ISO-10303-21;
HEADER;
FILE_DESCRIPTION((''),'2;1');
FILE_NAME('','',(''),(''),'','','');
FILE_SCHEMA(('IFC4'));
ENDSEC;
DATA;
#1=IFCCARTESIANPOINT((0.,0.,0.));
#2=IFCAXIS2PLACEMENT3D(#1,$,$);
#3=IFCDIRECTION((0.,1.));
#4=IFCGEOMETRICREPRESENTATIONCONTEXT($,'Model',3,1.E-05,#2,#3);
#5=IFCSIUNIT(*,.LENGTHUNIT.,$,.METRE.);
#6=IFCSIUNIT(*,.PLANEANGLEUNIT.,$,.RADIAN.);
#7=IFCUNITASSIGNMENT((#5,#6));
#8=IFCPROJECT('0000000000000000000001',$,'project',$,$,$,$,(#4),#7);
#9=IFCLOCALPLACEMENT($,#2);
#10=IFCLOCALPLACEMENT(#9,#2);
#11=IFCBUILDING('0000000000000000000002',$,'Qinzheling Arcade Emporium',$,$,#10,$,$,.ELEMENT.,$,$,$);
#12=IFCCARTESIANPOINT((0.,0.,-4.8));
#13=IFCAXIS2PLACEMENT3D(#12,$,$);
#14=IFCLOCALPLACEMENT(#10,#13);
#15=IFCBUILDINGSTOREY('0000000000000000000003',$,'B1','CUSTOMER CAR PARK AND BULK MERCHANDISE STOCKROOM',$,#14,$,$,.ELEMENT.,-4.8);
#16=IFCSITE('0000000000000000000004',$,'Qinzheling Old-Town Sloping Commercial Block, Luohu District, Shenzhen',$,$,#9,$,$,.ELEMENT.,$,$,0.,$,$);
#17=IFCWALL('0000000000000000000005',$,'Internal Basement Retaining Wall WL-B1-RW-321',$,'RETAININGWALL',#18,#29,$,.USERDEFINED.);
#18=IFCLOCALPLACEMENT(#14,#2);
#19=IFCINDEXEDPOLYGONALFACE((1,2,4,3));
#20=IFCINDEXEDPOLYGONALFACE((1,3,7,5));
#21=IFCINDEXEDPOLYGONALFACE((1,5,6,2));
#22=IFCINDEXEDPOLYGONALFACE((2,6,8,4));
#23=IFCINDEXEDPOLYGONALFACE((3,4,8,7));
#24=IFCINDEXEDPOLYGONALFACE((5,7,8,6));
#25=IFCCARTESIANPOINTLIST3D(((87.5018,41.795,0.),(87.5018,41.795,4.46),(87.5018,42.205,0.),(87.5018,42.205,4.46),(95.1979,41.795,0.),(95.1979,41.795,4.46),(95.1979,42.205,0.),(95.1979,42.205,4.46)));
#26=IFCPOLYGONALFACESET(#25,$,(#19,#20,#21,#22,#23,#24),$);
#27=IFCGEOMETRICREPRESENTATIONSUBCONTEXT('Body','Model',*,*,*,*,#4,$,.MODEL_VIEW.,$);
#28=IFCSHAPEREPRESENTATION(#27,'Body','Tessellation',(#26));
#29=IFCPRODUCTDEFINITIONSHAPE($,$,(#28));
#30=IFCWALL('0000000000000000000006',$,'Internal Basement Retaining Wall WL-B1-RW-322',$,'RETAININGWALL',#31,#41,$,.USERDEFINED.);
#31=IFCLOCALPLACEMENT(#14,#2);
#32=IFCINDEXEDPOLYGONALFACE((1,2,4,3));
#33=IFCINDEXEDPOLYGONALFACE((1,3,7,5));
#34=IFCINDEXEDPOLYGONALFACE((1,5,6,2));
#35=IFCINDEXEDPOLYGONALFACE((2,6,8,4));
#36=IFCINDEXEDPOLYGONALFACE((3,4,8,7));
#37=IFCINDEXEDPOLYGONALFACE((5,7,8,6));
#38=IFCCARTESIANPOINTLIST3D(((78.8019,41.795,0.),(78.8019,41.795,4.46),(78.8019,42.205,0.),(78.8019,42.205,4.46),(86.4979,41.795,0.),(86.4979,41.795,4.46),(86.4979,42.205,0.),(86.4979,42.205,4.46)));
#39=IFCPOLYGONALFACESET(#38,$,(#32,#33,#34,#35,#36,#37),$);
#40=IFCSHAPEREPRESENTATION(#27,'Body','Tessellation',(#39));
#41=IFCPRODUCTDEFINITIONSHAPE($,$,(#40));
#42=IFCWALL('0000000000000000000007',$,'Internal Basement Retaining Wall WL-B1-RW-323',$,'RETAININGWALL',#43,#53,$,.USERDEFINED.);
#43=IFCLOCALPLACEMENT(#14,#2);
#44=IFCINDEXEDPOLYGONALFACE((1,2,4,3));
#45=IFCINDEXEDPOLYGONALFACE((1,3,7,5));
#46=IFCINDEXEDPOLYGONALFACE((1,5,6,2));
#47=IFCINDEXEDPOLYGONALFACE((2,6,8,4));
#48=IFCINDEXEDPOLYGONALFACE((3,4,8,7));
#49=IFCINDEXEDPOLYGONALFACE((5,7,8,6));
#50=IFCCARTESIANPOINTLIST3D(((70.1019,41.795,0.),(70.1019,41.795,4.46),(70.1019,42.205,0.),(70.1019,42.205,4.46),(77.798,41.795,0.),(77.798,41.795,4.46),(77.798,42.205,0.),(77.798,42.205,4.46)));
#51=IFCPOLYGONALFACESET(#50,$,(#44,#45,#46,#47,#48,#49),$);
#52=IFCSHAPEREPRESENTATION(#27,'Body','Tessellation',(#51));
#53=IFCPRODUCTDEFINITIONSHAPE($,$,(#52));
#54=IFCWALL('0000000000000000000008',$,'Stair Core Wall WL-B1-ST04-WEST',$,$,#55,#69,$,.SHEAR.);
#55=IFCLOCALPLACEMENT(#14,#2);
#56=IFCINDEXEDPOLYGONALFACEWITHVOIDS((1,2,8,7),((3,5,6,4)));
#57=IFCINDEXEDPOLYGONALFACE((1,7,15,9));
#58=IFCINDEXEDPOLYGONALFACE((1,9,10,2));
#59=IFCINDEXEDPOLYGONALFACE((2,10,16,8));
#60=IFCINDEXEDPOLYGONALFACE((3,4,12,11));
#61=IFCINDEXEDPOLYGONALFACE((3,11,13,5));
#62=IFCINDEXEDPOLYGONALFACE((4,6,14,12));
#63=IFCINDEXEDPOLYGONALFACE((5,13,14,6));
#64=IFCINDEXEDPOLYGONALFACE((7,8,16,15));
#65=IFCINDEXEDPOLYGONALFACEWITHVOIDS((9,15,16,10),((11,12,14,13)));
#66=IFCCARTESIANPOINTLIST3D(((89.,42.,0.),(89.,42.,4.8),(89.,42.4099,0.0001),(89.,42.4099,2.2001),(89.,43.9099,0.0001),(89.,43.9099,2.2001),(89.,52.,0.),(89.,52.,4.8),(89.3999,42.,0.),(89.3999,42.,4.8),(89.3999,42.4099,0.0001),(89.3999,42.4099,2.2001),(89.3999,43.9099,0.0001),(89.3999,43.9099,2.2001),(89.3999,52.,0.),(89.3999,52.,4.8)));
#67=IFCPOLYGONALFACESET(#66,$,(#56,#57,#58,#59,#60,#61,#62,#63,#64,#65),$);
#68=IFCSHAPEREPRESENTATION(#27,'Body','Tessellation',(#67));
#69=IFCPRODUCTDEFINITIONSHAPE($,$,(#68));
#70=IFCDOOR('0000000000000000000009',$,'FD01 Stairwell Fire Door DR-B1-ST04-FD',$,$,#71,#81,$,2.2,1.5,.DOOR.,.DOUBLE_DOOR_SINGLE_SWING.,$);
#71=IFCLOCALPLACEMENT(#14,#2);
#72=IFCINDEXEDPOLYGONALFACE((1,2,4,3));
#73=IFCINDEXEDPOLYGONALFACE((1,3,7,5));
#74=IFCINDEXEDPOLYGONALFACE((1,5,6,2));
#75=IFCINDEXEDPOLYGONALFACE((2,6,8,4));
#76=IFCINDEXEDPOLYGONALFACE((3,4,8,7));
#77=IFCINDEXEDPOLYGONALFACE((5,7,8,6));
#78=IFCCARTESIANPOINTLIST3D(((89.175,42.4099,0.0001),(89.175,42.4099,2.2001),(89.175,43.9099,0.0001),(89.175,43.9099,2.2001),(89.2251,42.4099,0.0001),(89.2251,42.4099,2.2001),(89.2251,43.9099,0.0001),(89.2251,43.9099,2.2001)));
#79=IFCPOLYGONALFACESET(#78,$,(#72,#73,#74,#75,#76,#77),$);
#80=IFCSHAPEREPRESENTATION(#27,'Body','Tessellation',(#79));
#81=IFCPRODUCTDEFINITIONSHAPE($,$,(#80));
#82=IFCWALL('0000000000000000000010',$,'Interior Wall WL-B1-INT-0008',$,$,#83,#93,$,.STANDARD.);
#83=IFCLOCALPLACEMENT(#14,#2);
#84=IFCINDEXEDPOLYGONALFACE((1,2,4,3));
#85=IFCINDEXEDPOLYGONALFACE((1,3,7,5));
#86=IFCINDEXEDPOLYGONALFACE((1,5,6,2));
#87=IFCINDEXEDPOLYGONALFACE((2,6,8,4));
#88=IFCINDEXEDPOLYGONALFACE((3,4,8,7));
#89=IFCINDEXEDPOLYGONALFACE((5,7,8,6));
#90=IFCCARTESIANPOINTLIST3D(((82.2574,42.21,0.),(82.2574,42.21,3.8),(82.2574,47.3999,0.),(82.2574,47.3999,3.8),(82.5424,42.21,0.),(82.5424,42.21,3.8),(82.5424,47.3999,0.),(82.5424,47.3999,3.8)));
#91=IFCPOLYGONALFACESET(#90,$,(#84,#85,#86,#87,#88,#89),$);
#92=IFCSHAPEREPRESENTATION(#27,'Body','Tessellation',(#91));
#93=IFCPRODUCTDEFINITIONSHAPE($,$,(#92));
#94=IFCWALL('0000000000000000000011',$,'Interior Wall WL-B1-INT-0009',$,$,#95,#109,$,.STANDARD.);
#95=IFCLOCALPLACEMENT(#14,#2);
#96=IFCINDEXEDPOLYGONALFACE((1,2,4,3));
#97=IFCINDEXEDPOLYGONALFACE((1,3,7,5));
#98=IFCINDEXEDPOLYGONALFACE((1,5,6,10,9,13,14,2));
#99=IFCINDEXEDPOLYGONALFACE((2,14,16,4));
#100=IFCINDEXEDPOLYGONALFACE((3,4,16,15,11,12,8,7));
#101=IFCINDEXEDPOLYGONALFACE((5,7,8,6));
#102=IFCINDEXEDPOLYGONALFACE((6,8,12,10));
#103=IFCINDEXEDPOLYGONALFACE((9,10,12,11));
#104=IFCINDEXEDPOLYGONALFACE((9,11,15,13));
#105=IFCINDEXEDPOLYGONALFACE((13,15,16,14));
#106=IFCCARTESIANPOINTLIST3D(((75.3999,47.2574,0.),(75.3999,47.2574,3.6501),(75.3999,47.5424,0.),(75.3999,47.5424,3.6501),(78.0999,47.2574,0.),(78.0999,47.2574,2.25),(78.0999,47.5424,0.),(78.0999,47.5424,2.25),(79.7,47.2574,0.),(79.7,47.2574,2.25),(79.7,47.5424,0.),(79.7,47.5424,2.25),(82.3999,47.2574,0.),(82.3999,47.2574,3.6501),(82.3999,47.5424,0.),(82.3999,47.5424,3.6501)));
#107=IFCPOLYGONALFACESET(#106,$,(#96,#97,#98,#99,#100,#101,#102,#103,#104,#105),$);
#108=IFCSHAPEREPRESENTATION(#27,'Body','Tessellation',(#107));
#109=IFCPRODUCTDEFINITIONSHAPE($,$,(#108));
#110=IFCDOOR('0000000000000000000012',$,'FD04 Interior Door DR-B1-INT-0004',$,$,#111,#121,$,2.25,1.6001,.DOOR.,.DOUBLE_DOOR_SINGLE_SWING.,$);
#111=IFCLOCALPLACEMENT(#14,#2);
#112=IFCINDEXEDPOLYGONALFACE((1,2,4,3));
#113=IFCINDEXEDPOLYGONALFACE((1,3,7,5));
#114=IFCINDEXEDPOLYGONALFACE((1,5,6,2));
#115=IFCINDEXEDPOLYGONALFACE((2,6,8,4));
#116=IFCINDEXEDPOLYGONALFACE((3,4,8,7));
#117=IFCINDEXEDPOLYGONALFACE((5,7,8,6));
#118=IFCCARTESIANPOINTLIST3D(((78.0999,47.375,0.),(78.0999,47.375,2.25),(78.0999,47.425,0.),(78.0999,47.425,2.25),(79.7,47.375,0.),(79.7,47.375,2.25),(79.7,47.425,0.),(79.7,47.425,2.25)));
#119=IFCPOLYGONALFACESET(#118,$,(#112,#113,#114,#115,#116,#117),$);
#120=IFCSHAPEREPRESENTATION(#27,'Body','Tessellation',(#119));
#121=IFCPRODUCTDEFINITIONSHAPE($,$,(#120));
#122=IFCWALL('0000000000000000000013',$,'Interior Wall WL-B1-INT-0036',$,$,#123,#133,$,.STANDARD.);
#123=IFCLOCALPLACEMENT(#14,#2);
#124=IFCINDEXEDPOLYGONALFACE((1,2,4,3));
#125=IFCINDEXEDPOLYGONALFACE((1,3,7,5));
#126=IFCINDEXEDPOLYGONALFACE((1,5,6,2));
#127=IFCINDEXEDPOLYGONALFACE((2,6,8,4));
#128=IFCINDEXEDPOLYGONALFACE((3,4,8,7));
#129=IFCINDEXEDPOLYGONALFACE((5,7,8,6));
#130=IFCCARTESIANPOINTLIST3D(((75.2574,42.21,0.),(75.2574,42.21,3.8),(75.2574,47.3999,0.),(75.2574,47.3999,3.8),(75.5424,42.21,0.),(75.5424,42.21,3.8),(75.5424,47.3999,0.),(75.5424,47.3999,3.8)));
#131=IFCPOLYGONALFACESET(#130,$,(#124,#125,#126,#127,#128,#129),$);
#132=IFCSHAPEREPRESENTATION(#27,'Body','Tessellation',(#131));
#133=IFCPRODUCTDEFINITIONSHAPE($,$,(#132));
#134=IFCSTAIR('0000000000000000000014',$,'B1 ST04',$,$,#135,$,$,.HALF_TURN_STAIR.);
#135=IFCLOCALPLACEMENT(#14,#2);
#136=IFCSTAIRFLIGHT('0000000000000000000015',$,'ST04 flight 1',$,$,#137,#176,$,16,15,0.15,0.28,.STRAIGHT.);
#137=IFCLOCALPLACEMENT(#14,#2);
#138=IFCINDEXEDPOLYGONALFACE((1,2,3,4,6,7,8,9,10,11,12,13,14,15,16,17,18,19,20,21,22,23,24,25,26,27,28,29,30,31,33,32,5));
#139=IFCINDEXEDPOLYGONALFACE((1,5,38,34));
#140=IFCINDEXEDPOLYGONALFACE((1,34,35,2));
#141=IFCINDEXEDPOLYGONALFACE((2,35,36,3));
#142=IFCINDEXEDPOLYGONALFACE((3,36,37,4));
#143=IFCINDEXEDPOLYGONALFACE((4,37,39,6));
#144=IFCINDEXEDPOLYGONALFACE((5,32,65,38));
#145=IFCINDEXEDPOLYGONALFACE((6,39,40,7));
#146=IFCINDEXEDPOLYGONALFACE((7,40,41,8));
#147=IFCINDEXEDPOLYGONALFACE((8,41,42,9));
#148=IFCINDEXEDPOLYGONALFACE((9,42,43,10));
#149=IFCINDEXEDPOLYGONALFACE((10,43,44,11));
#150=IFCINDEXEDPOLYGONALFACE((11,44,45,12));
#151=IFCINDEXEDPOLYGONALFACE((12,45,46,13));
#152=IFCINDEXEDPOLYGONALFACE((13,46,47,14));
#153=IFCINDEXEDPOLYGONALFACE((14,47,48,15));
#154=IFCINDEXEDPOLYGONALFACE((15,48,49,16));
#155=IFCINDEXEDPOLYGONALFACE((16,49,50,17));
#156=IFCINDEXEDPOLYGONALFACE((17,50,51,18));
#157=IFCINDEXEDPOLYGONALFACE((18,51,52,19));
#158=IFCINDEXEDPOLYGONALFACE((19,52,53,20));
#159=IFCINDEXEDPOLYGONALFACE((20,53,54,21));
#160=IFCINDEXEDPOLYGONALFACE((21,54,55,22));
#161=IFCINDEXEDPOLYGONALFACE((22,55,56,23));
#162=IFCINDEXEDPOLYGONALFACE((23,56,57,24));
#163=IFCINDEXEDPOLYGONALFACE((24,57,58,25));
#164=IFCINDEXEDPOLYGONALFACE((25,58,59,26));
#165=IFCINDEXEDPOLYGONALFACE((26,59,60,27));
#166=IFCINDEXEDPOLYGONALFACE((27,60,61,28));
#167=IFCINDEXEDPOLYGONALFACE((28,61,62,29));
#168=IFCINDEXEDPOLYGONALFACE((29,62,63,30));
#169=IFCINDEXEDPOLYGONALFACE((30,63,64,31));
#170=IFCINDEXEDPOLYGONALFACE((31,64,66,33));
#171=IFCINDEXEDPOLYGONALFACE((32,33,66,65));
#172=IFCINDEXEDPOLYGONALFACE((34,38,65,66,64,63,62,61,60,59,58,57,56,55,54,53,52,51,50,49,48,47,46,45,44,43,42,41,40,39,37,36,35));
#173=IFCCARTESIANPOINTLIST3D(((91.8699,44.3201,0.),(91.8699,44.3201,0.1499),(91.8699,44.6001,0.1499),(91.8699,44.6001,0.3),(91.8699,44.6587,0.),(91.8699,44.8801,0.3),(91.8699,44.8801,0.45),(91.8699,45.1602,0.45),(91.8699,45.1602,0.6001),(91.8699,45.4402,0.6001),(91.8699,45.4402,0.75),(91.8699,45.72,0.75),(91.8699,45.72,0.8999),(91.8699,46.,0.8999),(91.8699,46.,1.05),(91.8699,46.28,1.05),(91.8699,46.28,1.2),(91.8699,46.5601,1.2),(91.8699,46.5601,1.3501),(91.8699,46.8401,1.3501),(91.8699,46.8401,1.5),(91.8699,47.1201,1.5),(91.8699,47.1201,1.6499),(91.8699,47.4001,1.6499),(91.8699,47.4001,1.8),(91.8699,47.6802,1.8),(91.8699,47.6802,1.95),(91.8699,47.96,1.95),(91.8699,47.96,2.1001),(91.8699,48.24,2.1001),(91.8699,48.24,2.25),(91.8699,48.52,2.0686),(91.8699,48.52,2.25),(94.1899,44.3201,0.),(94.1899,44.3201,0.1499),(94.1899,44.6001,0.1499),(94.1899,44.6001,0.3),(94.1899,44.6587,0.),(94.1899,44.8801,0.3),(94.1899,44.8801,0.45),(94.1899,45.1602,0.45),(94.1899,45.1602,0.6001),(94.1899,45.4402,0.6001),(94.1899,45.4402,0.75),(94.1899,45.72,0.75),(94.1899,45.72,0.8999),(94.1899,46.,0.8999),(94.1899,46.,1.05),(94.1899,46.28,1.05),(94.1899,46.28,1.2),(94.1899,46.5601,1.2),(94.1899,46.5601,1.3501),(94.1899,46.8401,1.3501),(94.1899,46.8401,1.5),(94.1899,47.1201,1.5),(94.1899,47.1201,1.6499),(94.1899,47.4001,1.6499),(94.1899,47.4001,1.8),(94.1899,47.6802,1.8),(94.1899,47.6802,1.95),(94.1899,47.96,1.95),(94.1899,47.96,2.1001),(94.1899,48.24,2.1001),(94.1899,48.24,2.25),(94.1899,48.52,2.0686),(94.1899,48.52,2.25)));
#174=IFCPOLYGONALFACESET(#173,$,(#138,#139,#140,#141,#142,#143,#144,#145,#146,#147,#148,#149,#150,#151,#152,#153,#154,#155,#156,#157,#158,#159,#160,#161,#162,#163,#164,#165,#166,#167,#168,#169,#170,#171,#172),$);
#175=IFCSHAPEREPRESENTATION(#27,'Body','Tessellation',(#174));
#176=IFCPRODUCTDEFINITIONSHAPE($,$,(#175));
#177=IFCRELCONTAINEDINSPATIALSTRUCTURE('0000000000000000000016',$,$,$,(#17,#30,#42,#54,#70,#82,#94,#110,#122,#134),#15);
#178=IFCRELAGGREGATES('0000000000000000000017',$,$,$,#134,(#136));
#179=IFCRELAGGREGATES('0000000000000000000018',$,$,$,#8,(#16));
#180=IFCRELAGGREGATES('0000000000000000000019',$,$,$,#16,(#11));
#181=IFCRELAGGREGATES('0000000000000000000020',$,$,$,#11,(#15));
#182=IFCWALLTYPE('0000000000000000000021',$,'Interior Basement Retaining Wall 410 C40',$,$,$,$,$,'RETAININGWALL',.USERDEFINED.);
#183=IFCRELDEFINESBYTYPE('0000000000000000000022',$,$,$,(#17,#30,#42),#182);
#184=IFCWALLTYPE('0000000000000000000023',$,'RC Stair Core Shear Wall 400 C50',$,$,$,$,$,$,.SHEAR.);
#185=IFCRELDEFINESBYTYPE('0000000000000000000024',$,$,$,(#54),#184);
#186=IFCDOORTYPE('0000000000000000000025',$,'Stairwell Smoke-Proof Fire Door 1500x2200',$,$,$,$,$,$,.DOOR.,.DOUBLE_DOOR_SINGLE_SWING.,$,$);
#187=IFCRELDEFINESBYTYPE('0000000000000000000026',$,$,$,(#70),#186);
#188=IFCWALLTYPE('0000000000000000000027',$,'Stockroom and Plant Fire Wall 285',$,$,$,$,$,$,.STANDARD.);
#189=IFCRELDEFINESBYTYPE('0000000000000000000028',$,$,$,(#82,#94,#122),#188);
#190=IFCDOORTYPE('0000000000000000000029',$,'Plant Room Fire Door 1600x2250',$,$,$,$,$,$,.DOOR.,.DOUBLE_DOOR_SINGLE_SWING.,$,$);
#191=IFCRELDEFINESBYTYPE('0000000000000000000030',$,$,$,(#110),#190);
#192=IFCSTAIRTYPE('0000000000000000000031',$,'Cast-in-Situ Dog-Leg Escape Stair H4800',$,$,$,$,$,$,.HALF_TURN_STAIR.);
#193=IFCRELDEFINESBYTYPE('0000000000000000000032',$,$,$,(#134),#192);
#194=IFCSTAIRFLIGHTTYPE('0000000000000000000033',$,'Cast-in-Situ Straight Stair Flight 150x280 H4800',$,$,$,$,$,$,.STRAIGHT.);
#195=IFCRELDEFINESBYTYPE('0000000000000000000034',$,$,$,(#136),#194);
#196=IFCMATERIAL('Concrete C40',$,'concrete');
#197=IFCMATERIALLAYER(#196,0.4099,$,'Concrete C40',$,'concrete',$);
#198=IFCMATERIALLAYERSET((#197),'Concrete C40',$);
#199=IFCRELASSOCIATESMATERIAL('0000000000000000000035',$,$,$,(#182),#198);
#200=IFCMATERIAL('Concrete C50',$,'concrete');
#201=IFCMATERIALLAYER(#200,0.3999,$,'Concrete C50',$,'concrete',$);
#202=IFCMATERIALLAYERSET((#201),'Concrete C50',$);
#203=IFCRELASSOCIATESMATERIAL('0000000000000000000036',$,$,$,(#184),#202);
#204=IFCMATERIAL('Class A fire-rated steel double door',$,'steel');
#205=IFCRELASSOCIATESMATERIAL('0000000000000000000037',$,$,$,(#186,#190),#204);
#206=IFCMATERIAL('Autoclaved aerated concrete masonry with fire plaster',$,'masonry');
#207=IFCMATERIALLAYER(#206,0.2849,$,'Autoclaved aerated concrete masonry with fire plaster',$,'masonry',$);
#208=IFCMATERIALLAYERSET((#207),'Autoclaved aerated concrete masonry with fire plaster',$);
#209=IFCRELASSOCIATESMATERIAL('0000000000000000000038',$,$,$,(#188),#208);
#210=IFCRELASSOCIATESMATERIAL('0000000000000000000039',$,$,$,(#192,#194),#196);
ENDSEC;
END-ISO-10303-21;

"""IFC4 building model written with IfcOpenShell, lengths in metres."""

from ifc_helpers import new_model, si_unit, direction, frame, frame_2d, origin, place, context, subcontext, project, spatial, polyline, rectangle, outline, extrude, material, layer, layer_set, type_object, element, fill, aggregate, save


model = new_model("IFC4")

# Units and contexts
model_context = context("Model", 3, precision=1e-05, world=origin(), true_north=direction((0.0, 1.0)))
body_context = subcontext(model_context, "Body", "Model", "MODEL_VIEW")
ifc_project = project(units=[si_unit("LENGTHUNIT", "METRE"), si_unit("PLANEANGLEUNIT", "RADIAN")], contexts=[model_context])

# Site, building, storey
site_placement = place(None, origin())
site = spatial("IfcSite", under=ifc_project, at=site_placement, Name="Qinzheling Old-Town Sloping Commercial Block, Luohu District, Shenzhen", CompositionType="ELEMENT", RefElevation=0.0)
building_placement = place(site_placement, origin())
building = spatial("IfcBuilding", under=site, at=building_placement, Name="Qinzheling Arcade Emporium", CompositionType="ELEMENT")
storey_placement = place(building_placement, frame((0.0, 0.0, -4.8)))
storey = spatial("IfcBuildingStorey", under=building, at=storey_placement, Name="B1", Description="CUSTOMER CAR PARK AND BULK MERCHANDISE STOCKROOM", CompositionType="ELEMENT", Elevation=-4.8)

# Shared definitions
ifc_material_1 = material(Name="Concrete C50", Category="concrete")

# Shared definitions
ifc_material_2 = material(Name="Concrete C40", Category="concrete")

# Walls
ifc_layer_1 = layer(ifc_material_2, 0.4099, Name="Concrete C40", Category="concrete")
ifc_layer_set_1 = layer_set([ifc_layer_1], Name="Concrete C40")
wall_type_1 = type_object("IfcWallType", Name="Interior Basement Retaining Wall 410 C40", ElementType="RETAININGWALL", PredefinedType="USERDEFINED", material=ifc_layer_set_1)
for number, where, z_axis, x_axis, name in (
    (1, (95.198, 42.0, 0.0), (0.0, 0.0, 1.0), (-1.0, 0.0, 0.0), "Internal Basement Retaining Wall WL-B1-RW-321"),
    (2, (86.498, 42.0, 0.0), (0.0, 0.0, 1.0), (-1.0, 0.0, 0.0), "Internal Basement Retaining Wall WL-B1-RW-322"),
    (3, (77.7981, 42.0, 0.0), (0.0, 0.0, 1.0), (-1.0, 0.0, 0.0), "Internal Basement Retaining Wall WL-B1-RW-323"),
):
    element("IfcWall", number, at=place(storey_placement, frame(where, z_axis=z_axis, x_axis=x_axis)), inside=storey, type_object=wall_type_1, Name=name, ObjectType="RETAININGWALL", PredefinedType="USERDEFINED", context=body_context, shape_type="SweptSolid", body=[
        extrude(rectangle(XDim=7.696, YDim=0.4099, at=frame_2d((3.8481, 0.0))), origin(), (0.0, 0.0, 1.0), 4.46),
    ])

# Wall, opening, door
ifc_layer_2 = layer(ifc_material_1, 0.3999, Name="Concrete C50", Category="concrete")
ifc_layer_set_2 = layer_set([ifc_layer_2], Name="Concrete C50")
wall_type_2 = type_object("IfcWallType", Name="RC Stair Core Shear Wall 400 C50", PredefinedType="SHEAR", material=ifc_layer_set_2)
wall_1_placement = place(storey_placement, frame((89.2, 42.0, 0.0), z_axis=(0.0, 0.0, 1.0), x_axis=(0.0, 1.0, 0.0)))
wall_1 = element("IfcWall", 4, at=wall_1_placement, inside=storey, type_object=wall_type_2, Name="Stair Core Wall WL-B1-ST04-WEST", PredefinedType="SHEAR", context=body_context, shape_type="SweptSolid", body=[
    extrude(rectangle(XDim=10.0, YDim=0.3999, at=frame_2d((5.0, 0.0))), origin(), (0.0, 0.0, 1.0), 4.8),
])
opening_1_placement = place(wall_1_placement, frame((0.4099, 0.0, 0.0)))
opening_1 = element("IfcOpeningElement", 5, at=opening_1_placement, cuts=wall_1, PredefinedType="OPENING", context=body_context, shape_type="SweptSolid", body=[
    extrude(rectangle(XDim=1.5, YDim=2.2, at=frame_2d((0.75, 1.1001))), frame((0.0, 0.21, 0.0), z_axis=(0.0, -1.0, 0.0), x_axis=(1.0, 0.0, 0.0)), (0.0, 0.0, 1.0), 0.4199),
])
ifc_material_3 = material(Name="Class A fire-rated steel double door", Category="steel")
door_type_1 = type_object("IfcDoorType", Name="Stairwell Smoke-Proof Fire Door 1500x2200", OperationType="DOUBLE_DOOR_SINGLE_SWING", PredefinedType="DOOR", material=ifc_material_3)
door_1_placement = place(opening_1_placement, origin())
door_1 = element("IfcDoor", 6, at=door_1_placement, inside=storey, type_object=door_type_1, Name="FD01 Stairwell Fire Door DR-B1-ST04-FD", OperationType="DOUBLE_DOOR_SINGLE_SWING", OverallHeight=2.2, OverallWidth=1.5, PredefinedType="DOOR", context=body_context, shape_type="SweptSolid", body=[
    extrude(rectangle(XDim=1.5, YDim=2.2, at=frame_2d((0.75, 1.1001))), frame((0.0, 0.0249, 0.0), z_axis=(0.0, -1.0, 0.0), x_axis=(1.0, 0.0, 0.0)), (0.0, 0.0, 1.0), 0.05),
])
fill(opening_1, door_1)

# Wall
ifc_material_4 = material(Name="Autoclaved aerated concrete masonry with fire plaster", Category="masonry")
ifc_layer_3 = layer(ifc_material_4, 0.2849, Name="Autoclaved aerated concrete masonry with fire plaster", Category="masonry")
ifc_layer_set_3 = layer_set([ifc_layer_3], Name="Autoclaved aerated concrete masonry with fire plaster")
wall_type_3 = type_object("IfcWallType", Name="Stockroom and Plant Fire Wall 285", PredefinedType="STANDARD", material=ifc_layer_set_3)
wall_2_placement = place(storey_placement, frame((82.3999, 42.21, 0.0), z_axis=(0.0, 0.0, 1.0), x_axis=(0.0, 1.0, 0.0)))
element("IfcWall", 7, at=wall_2_placement, inside=storey, type_object=wall_type_3, Name="Interior Wall WL-B1-INT-0008", PredefinedType="STANDARD", context=body_context, shape_type="SweptSolid", body=[
    extrude(rectangle(XDim=5.1899, YDim=0.2849, at=frame_2d((2.595, 0.0))), origin(), (0.0, 0.0, 1.0), 3.8),
])

# Wall, opening, door
wall_3_placement = place(storey_placement, frame((82.3999, 47.3999, 0.0), z_axis=(0.0, 0.0, 1.0), x_axis=(-1.0, 0.0, 0.0)))
wall_3 = element("IfcWall", 8, at=wall_3_placement, inside=storey, type_object=wall_type_3, Name="Interior Wall WL-B1-INT-0009", PredefinedType="STANDARD", context=body_context, shape_type="SweptSolid", body=[
    extrude(rectangle(XDim=7.0, YDim=0.2849, at=frame_2d((3.5, 0.0))), origin(), (0.0, 0.0, 1.0), 3.6501),
])
opening_2_placement = place(wall_3_placement, frame((2.7, 0.0, 0.0)))
opening_2 = element("IfcOpeningElement", 9, at=opening_2_placement, cuts=wall_3, PredefinedType="OPENING", context=body_context, shape_type="SweptSolid", body=[
    extrude(rectangle(XDim=1.6001, YDim=2.25, at=frame_2d((0.8, 1.125))), frame((0.0, 0.1523, 0.0), z_axis=(0.0, -1.0, 0.0), x_axis=(1.0, 0.0, 0.0)), (0.0, 0.0, 1.0), 0.3049),
])
door_type_2 = type_object("IfcDoorType", Name="Plant Room Fire Door 1600x2250", OperationType="DOUBLE_DOOR_SINGLE_SWING", PredefinedType="DOOR", material=ifc_material_3)
door_2_placement = place(opening_2_placement, origin())
door_2 = element("IfcDoor", 10, at=door_2_placement, inside=storey, type_object=door_type_2, Name="FD04 Interior Door DR-B1-INT-0004", OperationType="DOUBLE_DOOR_SINGLE_SWING", OverallHeight=2.25, OverallWidth=1.6001, PredefinedType="DOOR", context=body_context, shape_type="SweptSolid", body=[
    extrude(rectangle(XDim=1.6001, YDim=2.25, at=frame_2d((0.8, 1.125))), frame((0.0, 0.0249, 0.0), z_axis=(0.0, -1.0, 0.0), x_axis=(1.0, 0.0, 0.0)), (0.0, 0.0, 1.0), 0.05),
])
fill(opening_2, door_2)

# Wall
wall_4_placement = place(storey_placement, frame((75.3999, 42.21, 0.0), z_axis=(0.0, 0.0, 1.0), x_axis=(0.0, 1.0, 0.0)))
element("IfcWall", 11, at=wall_4_placement, inside=storey, type_object=wall_type_3, Name="Interior Wall WL-B1-INT-0036", PredefinedType="STANDARD", context=body_context, shape_type="SweptSolid", body=[
    extrude(rectangle(XDim=5.1899, YDim=0.2849, at=frame_2d((2.595, 0.0))), origin(), (0.0, 0.0, 1.0), 3.8),
])

# Stair, stair flight
stair_type = type_object("IfcStairType", Name="Cast-in-Situ Dog-Leg Escape Stair H4800", PredefinedType="HALF_TURN_STAIR", material=ifc_material_2)
stair_placement = place(storey_placement, origin())
stair = element("IfcStair", 12, at=stair_placement, inside=storey, type_object=stair_type, Name="B1 ST04", PredefinedType="HALF_TURN_STAIR")
stair_flight_type = type_object("IfcStairFlightType", Name="Cast-in-Situ Straight Stair Flight 150x280 H4800", PredefinedType="STRAIGHT", material=ifc_material_2)
stair_flight_1_placement = place(storey_placement, frame((93.03, 44.3201, 0.0), z_axis=(0.0, 0.0, 1.0), x_axis=(0.0, 1.0, 0.0)))
stair_flight_1 = element("IfcStairFlight", 13, at=stair_flight_1_placement, type_object=stair_flight_type, Name="ST04 flight 1", NumberOfRisers=16, NumberOfTreads=15, PredefinedType="STRAIGHT", RiserHeight=0.15, TreadLength=0.28, context=body_context, shape_type="SweptSolid", body=[
    extrude(outline(polyline([(0.0, 0.0), (0.0, 0.1499), (0.28, 0.1499), (0.28, 0.3), (0.5601, 0.3), (0.5601, 0.45), (0.8401, 0.45), (0.8401, 0.6001), (1.1201, 0.6001), (1.1201, 0.75), (1.3999, 0.75), (1.3999, 0.8999), (1.6799, 0.8999), (1.6799, 1.05), (1.96, 1.05), (1.96, 1.2), (2.24, 1.2), (2.24, 1.3501), (2.52, 1.3501), (2.52, 1.5), (2.8, 1.5), (2.8, 1.6499), (3.0801, 1.6499), (3.0801, 1.8), (3.3601, 1.8), (3.3601, 1.95), (3.6399, 1.95), (3.6399, 2.1001), (3.9199, 2.1001), (3.9199, 2.25), (4.2, 2.25), (4.2, 2.3999), (4.2, 2.0686), (0.3386, 0.0), (0.0, 0.0)])), frame((0.0, 1.1602, 0.0), z_axis=(0.0, -1.0, 0.0), x_axis=(1.0, 0.0, 0.0)), (0.0, 0.0, 1.0), 2.3201),
])
aggregate(stair, [stair_flight_1])

save(model, "model.ifc")
